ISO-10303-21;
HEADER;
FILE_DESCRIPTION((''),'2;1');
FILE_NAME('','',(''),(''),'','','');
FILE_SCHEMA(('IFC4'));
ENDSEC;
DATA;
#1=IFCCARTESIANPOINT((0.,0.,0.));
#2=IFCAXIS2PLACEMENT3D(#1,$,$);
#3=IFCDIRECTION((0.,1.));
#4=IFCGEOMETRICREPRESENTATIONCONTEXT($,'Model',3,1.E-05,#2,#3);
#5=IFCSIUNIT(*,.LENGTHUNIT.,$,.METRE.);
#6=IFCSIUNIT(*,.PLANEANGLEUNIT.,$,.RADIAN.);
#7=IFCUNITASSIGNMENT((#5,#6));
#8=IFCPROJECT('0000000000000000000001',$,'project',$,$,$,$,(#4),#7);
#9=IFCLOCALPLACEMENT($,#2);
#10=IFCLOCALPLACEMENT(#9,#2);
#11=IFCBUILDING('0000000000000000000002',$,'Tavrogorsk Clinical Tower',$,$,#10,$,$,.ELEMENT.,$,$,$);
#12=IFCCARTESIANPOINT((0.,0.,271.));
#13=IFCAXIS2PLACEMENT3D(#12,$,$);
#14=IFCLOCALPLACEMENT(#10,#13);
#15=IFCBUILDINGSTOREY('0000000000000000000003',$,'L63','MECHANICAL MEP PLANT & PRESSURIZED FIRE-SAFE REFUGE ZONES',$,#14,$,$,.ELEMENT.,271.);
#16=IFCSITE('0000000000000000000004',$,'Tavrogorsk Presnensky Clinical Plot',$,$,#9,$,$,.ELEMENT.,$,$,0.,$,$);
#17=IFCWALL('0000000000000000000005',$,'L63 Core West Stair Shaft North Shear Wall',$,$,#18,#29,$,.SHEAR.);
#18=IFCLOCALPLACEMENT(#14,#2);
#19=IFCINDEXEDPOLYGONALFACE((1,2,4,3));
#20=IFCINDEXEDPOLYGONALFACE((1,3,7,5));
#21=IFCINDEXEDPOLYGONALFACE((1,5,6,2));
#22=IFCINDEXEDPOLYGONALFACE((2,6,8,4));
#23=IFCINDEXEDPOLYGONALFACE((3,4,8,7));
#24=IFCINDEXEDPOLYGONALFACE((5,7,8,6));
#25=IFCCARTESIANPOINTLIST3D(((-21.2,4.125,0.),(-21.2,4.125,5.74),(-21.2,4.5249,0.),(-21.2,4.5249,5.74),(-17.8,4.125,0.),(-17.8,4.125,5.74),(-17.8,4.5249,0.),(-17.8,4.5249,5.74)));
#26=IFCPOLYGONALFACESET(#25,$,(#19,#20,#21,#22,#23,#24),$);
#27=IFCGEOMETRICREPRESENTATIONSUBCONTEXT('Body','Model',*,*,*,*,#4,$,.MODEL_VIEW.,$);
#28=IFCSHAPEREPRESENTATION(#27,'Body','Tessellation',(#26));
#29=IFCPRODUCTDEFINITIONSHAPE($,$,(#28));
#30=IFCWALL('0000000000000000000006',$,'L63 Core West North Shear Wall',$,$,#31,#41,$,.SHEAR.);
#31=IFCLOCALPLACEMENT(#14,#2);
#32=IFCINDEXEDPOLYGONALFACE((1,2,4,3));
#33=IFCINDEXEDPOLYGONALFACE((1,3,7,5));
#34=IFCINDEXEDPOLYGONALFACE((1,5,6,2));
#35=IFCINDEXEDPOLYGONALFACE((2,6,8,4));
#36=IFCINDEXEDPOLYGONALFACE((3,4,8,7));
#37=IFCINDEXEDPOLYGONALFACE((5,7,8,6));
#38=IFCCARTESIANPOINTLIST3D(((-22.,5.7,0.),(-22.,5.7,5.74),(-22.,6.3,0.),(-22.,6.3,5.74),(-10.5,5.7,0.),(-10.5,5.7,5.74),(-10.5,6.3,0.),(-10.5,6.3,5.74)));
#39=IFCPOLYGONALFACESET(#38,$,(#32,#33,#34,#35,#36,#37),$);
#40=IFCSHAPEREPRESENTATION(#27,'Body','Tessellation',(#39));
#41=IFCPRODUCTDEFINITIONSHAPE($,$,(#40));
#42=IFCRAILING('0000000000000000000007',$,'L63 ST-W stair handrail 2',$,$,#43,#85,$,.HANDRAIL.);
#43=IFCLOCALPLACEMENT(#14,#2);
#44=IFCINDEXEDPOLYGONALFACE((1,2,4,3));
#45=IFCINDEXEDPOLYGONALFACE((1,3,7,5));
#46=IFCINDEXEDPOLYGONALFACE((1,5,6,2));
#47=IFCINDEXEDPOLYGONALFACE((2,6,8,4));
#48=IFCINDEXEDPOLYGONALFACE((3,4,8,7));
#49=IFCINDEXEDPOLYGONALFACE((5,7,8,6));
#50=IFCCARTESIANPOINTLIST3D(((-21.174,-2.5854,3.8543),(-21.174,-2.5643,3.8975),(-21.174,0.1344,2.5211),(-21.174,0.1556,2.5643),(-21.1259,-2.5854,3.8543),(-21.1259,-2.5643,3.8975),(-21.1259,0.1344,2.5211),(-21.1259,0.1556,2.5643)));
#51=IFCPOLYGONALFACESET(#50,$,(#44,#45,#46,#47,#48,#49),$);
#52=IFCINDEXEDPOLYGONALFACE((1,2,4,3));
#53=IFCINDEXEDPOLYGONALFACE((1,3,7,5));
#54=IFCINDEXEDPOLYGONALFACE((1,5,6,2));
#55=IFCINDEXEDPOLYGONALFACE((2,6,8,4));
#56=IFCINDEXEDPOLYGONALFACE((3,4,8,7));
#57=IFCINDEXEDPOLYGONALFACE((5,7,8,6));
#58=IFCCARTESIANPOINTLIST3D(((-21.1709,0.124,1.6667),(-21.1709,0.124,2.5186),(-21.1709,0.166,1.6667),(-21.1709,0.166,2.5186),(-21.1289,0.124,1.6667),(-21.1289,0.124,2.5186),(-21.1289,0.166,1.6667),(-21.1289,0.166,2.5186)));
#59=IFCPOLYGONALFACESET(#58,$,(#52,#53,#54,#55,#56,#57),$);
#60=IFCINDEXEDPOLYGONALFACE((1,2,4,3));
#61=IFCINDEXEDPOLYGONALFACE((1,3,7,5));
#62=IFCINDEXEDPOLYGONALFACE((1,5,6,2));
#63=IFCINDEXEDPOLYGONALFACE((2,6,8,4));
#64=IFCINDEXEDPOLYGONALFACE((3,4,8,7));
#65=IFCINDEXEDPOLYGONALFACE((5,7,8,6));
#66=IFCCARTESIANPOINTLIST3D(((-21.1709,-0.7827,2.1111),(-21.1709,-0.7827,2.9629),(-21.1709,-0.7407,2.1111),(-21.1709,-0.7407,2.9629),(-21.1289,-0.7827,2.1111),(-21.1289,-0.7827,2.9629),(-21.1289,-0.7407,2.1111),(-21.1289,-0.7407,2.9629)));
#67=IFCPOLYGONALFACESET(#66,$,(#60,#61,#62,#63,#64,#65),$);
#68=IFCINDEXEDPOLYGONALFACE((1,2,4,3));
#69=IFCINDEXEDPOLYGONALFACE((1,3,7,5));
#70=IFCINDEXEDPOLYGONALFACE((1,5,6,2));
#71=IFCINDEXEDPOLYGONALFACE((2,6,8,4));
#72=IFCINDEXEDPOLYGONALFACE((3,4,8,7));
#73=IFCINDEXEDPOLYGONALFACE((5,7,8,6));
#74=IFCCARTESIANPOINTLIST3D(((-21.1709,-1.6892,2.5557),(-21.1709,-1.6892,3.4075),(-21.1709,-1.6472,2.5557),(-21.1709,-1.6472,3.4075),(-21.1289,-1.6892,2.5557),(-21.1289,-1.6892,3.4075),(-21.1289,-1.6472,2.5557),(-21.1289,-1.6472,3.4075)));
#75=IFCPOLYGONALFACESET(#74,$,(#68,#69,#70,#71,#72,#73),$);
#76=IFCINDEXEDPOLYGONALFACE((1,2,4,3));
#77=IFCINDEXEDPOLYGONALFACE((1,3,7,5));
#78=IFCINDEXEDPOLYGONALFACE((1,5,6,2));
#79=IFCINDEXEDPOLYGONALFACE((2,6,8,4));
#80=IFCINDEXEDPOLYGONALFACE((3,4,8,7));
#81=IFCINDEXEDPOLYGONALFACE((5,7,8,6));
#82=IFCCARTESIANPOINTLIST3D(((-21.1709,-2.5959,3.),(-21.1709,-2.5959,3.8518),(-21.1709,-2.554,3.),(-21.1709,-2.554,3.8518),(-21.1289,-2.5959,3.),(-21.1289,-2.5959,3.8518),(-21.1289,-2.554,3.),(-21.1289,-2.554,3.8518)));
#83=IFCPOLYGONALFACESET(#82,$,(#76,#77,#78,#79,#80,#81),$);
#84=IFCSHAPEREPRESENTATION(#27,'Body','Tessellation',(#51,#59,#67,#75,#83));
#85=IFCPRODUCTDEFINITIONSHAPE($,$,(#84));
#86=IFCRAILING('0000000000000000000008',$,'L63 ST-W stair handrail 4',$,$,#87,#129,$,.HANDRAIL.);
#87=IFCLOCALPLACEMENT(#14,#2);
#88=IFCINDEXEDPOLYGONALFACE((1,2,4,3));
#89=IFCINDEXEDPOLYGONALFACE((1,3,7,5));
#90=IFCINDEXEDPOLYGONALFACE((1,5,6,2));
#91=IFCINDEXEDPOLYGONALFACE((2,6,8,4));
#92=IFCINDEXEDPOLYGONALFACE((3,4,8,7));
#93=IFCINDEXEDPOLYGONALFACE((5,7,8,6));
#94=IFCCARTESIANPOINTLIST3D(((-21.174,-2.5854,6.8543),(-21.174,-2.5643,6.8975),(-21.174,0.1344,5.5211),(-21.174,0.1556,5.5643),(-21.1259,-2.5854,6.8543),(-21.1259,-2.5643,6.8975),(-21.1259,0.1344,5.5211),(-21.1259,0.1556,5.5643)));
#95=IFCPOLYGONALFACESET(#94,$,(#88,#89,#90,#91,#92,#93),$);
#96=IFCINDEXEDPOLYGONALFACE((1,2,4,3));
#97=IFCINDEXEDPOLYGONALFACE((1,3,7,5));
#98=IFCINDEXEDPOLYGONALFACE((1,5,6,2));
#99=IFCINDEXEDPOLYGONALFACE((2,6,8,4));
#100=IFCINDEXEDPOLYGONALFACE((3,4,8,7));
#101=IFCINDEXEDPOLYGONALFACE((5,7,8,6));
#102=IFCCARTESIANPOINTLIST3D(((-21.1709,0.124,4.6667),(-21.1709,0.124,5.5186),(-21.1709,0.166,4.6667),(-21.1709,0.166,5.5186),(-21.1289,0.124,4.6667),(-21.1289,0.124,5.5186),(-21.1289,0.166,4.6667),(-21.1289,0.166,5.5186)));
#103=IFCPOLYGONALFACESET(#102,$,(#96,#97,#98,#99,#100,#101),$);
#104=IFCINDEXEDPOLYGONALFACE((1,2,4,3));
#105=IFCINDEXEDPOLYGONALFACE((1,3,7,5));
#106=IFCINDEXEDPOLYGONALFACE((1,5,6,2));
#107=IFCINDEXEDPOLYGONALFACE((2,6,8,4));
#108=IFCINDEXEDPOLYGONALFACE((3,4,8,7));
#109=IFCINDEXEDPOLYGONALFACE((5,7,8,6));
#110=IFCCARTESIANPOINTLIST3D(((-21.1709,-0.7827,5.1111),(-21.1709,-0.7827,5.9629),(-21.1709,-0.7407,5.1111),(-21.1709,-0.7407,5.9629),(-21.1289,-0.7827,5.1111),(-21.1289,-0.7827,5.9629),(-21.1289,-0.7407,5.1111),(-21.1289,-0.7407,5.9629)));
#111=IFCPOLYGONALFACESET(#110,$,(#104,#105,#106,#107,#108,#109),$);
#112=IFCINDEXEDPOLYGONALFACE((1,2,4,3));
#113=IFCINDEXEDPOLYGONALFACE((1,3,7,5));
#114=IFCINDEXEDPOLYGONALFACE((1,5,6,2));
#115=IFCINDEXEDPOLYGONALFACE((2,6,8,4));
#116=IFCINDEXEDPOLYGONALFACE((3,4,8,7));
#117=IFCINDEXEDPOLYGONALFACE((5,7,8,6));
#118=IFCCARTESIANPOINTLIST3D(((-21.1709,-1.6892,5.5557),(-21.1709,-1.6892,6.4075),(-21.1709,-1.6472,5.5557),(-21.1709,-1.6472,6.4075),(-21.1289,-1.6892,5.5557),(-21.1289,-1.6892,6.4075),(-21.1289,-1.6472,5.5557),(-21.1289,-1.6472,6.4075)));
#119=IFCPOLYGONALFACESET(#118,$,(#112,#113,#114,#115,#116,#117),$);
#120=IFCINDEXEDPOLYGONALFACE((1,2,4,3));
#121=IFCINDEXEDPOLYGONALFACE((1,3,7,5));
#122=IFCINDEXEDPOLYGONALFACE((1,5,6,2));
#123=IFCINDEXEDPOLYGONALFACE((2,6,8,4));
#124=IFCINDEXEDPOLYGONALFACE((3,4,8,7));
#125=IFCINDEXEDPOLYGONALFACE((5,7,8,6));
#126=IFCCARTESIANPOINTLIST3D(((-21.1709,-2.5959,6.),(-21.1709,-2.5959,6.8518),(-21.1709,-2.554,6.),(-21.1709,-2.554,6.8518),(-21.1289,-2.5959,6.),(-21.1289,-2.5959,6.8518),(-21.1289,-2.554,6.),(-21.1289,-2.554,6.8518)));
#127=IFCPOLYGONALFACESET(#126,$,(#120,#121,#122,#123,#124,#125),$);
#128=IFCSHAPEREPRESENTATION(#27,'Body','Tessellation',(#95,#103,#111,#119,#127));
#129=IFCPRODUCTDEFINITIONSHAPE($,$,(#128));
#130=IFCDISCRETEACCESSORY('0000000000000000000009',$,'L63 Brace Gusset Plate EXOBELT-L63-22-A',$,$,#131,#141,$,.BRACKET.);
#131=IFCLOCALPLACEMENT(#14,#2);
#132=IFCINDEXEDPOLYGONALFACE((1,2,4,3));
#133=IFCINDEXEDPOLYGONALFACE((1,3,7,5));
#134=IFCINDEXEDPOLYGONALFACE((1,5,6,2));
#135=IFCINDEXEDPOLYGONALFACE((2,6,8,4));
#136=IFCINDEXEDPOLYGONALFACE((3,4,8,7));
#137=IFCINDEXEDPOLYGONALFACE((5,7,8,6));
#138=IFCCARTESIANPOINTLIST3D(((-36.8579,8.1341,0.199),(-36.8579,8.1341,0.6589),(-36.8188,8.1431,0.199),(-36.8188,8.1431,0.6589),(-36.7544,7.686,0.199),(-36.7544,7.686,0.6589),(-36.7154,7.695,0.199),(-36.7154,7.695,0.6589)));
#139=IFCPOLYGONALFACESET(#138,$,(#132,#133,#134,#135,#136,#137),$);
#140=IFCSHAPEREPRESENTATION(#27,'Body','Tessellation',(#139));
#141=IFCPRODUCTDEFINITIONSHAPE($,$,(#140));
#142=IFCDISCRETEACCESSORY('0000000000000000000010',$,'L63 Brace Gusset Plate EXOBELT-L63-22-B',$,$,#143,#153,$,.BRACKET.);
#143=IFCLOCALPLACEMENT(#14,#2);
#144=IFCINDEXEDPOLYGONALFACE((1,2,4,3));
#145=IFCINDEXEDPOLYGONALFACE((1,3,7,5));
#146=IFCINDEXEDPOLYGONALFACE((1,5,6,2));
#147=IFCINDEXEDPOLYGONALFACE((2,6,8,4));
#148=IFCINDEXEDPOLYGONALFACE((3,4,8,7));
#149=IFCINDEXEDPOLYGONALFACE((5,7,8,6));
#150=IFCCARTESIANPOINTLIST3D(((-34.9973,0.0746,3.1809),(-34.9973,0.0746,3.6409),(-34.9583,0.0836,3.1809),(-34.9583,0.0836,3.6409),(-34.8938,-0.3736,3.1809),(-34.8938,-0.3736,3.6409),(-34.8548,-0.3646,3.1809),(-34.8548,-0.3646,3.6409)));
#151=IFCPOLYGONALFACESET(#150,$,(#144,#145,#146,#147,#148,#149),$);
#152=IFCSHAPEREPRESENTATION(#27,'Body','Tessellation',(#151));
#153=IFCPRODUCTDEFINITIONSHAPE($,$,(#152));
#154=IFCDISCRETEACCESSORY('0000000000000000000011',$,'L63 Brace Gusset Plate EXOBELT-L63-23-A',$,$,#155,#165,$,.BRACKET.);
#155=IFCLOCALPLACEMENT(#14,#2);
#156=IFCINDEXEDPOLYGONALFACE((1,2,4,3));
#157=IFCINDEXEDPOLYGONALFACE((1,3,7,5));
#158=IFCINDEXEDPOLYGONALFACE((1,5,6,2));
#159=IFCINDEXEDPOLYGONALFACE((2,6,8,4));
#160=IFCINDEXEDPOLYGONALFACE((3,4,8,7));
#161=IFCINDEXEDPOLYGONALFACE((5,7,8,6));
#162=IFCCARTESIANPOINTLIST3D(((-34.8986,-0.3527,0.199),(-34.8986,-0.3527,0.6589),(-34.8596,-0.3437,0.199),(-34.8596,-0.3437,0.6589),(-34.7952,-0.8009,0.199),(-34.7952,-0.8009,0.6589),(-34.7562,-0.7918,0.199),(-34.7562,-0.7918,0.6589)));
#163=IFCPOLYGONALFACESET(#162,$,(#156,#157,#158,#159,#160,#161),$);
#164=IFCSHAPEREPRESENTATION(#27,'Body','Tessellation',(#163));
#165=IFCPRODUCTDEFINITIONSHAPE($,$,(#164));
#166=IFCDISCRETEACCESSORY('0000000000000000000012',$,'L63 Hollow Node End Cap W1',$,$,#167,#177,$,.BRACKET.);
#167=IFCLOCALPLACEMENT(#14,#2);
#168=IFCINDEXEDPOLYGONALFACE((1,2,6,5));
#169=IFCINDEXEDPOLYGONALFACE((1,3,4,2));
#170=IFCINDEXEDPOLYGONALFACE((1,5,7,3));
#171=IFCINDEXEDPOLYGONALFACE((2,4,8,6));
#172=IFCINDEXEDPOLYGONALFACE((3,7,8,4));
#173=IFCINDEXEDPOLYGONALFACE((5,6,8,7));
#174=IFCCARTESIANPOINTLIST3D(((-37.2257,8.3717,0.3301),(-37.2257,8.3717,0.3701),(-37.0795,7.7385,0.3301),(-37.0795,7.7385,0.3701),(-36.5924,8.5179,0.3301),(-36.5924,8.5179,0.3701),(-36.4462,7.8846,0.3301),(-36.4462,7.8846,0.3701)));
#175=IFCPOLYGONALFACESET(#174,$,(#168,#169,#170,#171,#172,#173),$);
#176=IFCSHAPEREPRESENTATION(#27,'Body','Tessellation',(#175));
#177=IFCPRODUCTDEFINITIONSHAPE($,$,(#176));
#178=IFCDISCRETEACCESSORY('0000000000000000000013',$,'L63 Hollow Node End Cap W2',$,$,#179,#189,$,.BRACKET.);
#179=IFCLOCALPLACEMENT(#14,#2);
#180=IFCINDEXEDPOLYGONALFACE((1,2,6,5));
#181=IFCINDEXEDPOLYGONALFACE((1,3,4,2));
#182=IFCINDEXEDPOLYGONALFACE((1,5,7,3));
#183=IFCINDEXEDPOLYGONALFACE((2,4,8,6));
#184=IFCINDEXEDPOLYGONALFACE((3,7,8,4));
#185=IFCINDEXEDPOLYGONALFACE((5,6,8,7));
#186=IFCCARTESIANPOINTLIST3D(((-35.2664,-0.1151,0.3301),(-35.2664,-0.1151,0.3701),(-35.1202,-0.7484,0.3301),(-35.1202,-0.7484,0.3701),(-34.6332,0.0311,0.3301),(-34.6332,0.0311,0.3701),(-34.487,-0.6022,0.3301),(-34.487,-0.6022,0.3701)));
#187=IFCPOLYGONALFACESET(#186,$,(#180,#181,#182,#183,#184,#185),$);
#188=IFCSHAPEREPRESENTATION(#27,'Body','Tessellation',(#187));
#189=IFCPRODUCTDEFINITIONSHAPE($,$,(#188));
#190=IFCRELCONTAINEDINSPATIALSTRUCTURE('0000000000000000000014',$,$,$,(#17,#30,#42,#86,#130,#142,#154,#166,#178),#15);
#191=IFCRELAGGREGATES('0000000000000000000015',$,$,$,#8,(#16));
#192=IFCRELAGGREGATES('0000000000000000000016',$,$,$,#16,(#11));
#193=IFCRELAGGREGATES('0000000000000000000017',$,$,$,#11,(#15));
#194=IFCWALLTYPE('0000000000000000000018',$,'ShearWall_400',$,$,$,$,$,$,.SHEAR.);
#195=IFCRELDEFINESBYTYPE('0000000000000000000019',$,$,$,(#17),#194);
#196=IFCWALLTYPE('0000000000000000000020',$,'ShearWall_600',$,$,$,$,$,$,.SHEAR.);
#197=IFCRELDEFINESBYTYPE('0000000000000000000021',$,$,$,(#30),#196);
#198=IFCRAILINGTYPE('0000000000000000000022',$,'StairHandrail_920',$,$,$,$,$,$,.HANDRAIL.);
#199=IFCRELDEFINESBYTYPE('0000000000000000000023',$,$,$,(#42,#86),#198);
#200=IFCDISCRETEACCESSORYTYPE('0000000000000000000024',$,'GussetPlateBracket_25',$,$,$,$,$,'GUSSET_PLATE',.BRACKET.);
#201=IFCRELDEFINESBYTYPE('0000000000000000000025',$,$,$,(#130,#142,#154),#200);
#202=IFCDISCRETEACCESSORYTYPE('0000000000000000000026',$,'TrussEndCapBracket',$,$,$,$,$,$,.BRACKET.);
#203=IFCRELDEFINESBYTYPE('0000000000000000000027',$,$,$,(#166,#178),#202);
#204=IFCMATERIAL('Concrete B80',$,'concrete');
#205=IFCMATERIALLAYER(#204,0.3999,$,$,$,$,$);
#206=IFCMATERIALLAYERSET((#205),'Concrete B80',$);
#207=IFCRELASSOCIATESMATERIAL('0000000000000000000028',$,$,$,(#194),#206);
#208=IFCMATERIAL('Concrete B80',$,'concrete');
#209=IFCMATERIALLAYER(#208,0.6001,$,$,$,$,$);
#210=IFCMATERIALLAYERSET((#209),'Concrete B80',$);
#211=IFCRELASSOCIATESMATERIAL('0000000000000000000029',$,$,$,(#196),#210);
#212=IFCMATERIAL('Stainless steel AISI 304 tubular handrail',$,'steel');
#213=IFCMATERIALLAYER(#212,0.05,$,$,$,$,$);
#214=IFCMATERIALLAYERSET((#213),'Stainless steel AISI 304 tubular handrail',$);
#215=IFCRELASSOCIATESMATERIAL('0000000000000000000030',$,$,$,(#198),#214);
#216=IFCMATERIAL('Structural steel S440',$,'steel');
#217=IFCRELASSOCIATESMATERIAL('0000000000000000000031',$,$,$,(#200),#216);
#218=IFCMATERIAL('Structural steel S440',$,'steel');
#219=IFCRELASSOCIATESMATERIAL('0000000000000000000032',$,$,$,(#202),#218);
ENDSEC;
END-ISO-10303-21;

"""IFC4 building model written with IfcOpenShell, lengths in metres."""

from ifc_helpers import new_model, si_unit, direction, frame, frame_2d, origin, origin_2d, place, context, subcontext, project, spatial, rectangle, extrude, material, layer, layer_set, type_object, element, save


model = new_model("IFC4")

# Units and contexts
model_context = context("Model", 3, precision=1e-05, world=origin(), true_north=direction((0.0, 1.0)))
body_context = subcontext(model_context, "Body", "Model", "MODEL_VIEW")
ifc_project = project(units=[si_unit("LENGTHUNIT", "METRE"), si_unit("PLANEANGLEUNIT", "RADIAN")], contexts=[model_context])

# Site, building, storey
site_placement = place(None, origin())
site = spatial("IfcSite", under=ifc_project, at=site_placement, Name="Tavrogorsk Presnensky Clinical Plot", CompositionType="ELEMENT", RefElevation=0.0)
building_placement = place(site_placement, origin())
building = spatial("IfcBuilding", under=site, at=building_placement, Name="Tavrogorsk Clinical Tower", CompositionType="ELEMENT")
storey_placement = place(building_placement, frame((0.0, 0.0, 271.0)))
storey = spatial("IfcBuildingStorey", under=building, at=storey_placement, Name="L63", Description="MECHANICAL MEP PLANT & PRESSURIZED FIRE-SAFE REFUGE ZONES", CompositionType="ELEMENT", Elevation=271.0)

# Walls
ifc_material_1 = material(Name="Concrete B80", Category="concrete")
ifc_layer_1 = layer(ifc_material_1, 0.3999)
ifc_layer_set_1 = layer_set([ifc_layer_1], Name="Concrete B80")
wall_type_1 = type_object("IfcWallType", Name="ShearWall_400", PredefinedType="SHEAR", material=ifc_layer_set_1)
wall_1_placement = place(storey_placement, frame((-21.2, 4.325, 0.0), z_axis=(0.0, 0.0, 1.0), x_axis=(1.0, 0.0, 0.0)))
element("IfcWall", 1, at=wall_1_placement, inside=storey, type_object=wall_type_1, Name="L63 Core West Stair Shaft North Shear Wall", PredefinedType="SHEAR", context=body_context, shape_type="SweptSolid", body=[
    extrude(rectangle(XDim=3.3999, YDim=0.3999, at=frame_2d((1.7, 0.0))), origin(), (0.0, 0.0, 1.0), 5.74),
])
ifc_material_2 = material(Name="Concrete B80", Category="concrete")
ifc_layer_2 = layer(ifc_material_2, 0.6001)
ifc_layer_set_2 = layer_set([ifc_layer_2], Name="Concrete B80")
wall_type_2 = type_object("IfcWallType", Name="ShearWall_600", PredefinedType="SHEAR", material=ifc_layer_set_2)
wall_2_placement = place(storey_placement, frame((-22.0, 6.0, 0.0), z_axis=(0.0, 0.0, 1.0), x_axis=(1.0, 0.0, 0.0)))
element("IfcWall", 2, at=wall_2_placement, inside=storey, type_object=wall_type_2, Name="L63 Core West North Shear Wall", PredefinedType="SHEAR", context=body_context, shape_type="SweptSolid", body=[
    extrude(rectangle(XDim=11.5, YDim=0.6001, at=frame_2d((5.75, 0.0))), origin(), (0.0, 0.0, 1.0), 5.74),
])

# Railings
ifc_material_3 = material(Name="Stainless steel AISI 304 tubular handrail", Category="steel")
ifc_layer_3 = layer(ifc_material_3, 0.05)
ifc_layer_set_3 = layer_set([ifc_layer_3], Name="Stainless steel AISI 304 tubular handrail")
railing_type = type_object("IfcRailingType", Name="StairHandrail_920", PredefinedType="HANDRAIL", material=ifc_layer_set_3)
for number, where, name in (
    (3, (-21.1499, 0.145, 1.6667), "L63 ST-W stair handrail 2"),
    (4, (-21.1499, 0.145, 4.6667), "L63 ST-W stair handrail 4"),
):
    element("IfcRailing", number, at=place(storey_placement, frame(where)), inside=storey, type_object=railing_type, Name=name, PredefinedType="HANDRAIL", context=body_context, shape_type="SweptSolid", body=[
        extrude(rectangle(XDim=0.0481, YDim=0.0481, at=origin_2d()), frame((0.0, 0.0, 0.876), z_axis=(0.0, -0.897929, 0.440139), x_axis=(1.0, 0.0, 0.0)), (0.0, 0.0, 1.0), 3.0291),
        extrude(rectangle(XDim=0.042, YDim=0.042, at=origin_2d()), origin(), (0.0, 0.0, 1.0), 0.8518),
        extrude(rectangle(XDim=0.042, YDim=0.042, at=origin_2d()), frame((0.0, -0.9067, 0.4443)), (0.0, 0.0, 1.0), 0.8518),
        extrude(rectangle(XDim=0.042, YDim=0.042, at=origin_2d()), frame((0.0, -1.8132, 0.8889)), (0.0, 0.0, 1.0), 0.8518),
        extrude(rectangle(XDim=0.042, YDim=0.042, at=origin_2d()), frame((0.0, -2.72, 1.3333)), (0.0, 0.0, 1.0), 0.8518),
    ])

# Discrete accessories
ifc_material_4 = material(Name="Structural steel S440", Category="steel")
discrete_accessory_type_1 = type_object("IfcDiscreteAccessoryType", Name="GussetPlateBracket_25", ElementType="GUSSET_PLATE", PredefinedType="BRACKET", material=ifc_material_4)
for number, where, z_axis, x_axis, name in (
    (5, (-36.7866, 7.9146, 0.199), (0.0, 0.0, 1.0), (0.224951, -0.97437, 0.0), "L63 Brace Gusset Plate EXOBELT-L63-22-A"),
    (6, (-34.926, -0.145, 3.1809), (0.0, 0.0, 1.0), (0.224951, -0.97437, 0.0), "L63 Brace Gusset Plate EXOBELT-L63-22-B"),
    (7, (-34.8274, -0.5723, 0.199), (0.0, 0.0, 1.0), (0.224951, -0.97437, 0.0), "L63 Brace Gusset Plate EXOBELT-L63-23-A"),
):
    element("IfcDiscreteAccessory", number, at=place(storey_placement, frame(where, z_axis=z_axis, x_axis=x_axis)), inside=storey, type_object=discrete_accessory_type_1, Name=name, PredefinedType="BRACKET", context=body_context, shape_type="SweptSolid", body=[
        extrude(rectangle(XDim=0.46, YDim=0.04, at=origin_2d()), origin(), (0.0, 0.0, 1.0), 0.46),
    ])
ifc_material_5 = material(Name="Structural steel S440", Category="steel")
discrete_accessory_type_2 = type_object("IfcDiscreteAccessoryType", Name="TrussEndCapBracket", PredefinedType="BRACKET", material=ifc_material_5)
for number, where, z_axis, x_axis, name in (
    (8, (-36.8359, 8.1282, 0.3301), (0.0, 0.0, 1.0), (0.97437, 0.224951, 0.0), "L63 Hollow Node End Cap W1"),
    (9, (-34.8767, -0.3586, 0.3301), (0.0, 0.0, 1.0), (0.97437, 0.224951, 0.0), "L63 Hollow Node End Cap W2"),
):
    element("IfcDiscreteAccessory", number, at=place(storey_placement, frame(where, z_axis=z_axis, x_axis=x_axis)), inside=storey, type_object=discrete_accessory_type_2, Name=name, PredefinedType="BRACKET", context=body_context, shape_type="SweptSolid", body=[
        extrude(rectangle(XDim=0.6499, YDim=0.6499, at=origin_2d()), origin(), (0.0, 0.0, 1.0), 0.04),
    ])

save(model, "model.ifc")
